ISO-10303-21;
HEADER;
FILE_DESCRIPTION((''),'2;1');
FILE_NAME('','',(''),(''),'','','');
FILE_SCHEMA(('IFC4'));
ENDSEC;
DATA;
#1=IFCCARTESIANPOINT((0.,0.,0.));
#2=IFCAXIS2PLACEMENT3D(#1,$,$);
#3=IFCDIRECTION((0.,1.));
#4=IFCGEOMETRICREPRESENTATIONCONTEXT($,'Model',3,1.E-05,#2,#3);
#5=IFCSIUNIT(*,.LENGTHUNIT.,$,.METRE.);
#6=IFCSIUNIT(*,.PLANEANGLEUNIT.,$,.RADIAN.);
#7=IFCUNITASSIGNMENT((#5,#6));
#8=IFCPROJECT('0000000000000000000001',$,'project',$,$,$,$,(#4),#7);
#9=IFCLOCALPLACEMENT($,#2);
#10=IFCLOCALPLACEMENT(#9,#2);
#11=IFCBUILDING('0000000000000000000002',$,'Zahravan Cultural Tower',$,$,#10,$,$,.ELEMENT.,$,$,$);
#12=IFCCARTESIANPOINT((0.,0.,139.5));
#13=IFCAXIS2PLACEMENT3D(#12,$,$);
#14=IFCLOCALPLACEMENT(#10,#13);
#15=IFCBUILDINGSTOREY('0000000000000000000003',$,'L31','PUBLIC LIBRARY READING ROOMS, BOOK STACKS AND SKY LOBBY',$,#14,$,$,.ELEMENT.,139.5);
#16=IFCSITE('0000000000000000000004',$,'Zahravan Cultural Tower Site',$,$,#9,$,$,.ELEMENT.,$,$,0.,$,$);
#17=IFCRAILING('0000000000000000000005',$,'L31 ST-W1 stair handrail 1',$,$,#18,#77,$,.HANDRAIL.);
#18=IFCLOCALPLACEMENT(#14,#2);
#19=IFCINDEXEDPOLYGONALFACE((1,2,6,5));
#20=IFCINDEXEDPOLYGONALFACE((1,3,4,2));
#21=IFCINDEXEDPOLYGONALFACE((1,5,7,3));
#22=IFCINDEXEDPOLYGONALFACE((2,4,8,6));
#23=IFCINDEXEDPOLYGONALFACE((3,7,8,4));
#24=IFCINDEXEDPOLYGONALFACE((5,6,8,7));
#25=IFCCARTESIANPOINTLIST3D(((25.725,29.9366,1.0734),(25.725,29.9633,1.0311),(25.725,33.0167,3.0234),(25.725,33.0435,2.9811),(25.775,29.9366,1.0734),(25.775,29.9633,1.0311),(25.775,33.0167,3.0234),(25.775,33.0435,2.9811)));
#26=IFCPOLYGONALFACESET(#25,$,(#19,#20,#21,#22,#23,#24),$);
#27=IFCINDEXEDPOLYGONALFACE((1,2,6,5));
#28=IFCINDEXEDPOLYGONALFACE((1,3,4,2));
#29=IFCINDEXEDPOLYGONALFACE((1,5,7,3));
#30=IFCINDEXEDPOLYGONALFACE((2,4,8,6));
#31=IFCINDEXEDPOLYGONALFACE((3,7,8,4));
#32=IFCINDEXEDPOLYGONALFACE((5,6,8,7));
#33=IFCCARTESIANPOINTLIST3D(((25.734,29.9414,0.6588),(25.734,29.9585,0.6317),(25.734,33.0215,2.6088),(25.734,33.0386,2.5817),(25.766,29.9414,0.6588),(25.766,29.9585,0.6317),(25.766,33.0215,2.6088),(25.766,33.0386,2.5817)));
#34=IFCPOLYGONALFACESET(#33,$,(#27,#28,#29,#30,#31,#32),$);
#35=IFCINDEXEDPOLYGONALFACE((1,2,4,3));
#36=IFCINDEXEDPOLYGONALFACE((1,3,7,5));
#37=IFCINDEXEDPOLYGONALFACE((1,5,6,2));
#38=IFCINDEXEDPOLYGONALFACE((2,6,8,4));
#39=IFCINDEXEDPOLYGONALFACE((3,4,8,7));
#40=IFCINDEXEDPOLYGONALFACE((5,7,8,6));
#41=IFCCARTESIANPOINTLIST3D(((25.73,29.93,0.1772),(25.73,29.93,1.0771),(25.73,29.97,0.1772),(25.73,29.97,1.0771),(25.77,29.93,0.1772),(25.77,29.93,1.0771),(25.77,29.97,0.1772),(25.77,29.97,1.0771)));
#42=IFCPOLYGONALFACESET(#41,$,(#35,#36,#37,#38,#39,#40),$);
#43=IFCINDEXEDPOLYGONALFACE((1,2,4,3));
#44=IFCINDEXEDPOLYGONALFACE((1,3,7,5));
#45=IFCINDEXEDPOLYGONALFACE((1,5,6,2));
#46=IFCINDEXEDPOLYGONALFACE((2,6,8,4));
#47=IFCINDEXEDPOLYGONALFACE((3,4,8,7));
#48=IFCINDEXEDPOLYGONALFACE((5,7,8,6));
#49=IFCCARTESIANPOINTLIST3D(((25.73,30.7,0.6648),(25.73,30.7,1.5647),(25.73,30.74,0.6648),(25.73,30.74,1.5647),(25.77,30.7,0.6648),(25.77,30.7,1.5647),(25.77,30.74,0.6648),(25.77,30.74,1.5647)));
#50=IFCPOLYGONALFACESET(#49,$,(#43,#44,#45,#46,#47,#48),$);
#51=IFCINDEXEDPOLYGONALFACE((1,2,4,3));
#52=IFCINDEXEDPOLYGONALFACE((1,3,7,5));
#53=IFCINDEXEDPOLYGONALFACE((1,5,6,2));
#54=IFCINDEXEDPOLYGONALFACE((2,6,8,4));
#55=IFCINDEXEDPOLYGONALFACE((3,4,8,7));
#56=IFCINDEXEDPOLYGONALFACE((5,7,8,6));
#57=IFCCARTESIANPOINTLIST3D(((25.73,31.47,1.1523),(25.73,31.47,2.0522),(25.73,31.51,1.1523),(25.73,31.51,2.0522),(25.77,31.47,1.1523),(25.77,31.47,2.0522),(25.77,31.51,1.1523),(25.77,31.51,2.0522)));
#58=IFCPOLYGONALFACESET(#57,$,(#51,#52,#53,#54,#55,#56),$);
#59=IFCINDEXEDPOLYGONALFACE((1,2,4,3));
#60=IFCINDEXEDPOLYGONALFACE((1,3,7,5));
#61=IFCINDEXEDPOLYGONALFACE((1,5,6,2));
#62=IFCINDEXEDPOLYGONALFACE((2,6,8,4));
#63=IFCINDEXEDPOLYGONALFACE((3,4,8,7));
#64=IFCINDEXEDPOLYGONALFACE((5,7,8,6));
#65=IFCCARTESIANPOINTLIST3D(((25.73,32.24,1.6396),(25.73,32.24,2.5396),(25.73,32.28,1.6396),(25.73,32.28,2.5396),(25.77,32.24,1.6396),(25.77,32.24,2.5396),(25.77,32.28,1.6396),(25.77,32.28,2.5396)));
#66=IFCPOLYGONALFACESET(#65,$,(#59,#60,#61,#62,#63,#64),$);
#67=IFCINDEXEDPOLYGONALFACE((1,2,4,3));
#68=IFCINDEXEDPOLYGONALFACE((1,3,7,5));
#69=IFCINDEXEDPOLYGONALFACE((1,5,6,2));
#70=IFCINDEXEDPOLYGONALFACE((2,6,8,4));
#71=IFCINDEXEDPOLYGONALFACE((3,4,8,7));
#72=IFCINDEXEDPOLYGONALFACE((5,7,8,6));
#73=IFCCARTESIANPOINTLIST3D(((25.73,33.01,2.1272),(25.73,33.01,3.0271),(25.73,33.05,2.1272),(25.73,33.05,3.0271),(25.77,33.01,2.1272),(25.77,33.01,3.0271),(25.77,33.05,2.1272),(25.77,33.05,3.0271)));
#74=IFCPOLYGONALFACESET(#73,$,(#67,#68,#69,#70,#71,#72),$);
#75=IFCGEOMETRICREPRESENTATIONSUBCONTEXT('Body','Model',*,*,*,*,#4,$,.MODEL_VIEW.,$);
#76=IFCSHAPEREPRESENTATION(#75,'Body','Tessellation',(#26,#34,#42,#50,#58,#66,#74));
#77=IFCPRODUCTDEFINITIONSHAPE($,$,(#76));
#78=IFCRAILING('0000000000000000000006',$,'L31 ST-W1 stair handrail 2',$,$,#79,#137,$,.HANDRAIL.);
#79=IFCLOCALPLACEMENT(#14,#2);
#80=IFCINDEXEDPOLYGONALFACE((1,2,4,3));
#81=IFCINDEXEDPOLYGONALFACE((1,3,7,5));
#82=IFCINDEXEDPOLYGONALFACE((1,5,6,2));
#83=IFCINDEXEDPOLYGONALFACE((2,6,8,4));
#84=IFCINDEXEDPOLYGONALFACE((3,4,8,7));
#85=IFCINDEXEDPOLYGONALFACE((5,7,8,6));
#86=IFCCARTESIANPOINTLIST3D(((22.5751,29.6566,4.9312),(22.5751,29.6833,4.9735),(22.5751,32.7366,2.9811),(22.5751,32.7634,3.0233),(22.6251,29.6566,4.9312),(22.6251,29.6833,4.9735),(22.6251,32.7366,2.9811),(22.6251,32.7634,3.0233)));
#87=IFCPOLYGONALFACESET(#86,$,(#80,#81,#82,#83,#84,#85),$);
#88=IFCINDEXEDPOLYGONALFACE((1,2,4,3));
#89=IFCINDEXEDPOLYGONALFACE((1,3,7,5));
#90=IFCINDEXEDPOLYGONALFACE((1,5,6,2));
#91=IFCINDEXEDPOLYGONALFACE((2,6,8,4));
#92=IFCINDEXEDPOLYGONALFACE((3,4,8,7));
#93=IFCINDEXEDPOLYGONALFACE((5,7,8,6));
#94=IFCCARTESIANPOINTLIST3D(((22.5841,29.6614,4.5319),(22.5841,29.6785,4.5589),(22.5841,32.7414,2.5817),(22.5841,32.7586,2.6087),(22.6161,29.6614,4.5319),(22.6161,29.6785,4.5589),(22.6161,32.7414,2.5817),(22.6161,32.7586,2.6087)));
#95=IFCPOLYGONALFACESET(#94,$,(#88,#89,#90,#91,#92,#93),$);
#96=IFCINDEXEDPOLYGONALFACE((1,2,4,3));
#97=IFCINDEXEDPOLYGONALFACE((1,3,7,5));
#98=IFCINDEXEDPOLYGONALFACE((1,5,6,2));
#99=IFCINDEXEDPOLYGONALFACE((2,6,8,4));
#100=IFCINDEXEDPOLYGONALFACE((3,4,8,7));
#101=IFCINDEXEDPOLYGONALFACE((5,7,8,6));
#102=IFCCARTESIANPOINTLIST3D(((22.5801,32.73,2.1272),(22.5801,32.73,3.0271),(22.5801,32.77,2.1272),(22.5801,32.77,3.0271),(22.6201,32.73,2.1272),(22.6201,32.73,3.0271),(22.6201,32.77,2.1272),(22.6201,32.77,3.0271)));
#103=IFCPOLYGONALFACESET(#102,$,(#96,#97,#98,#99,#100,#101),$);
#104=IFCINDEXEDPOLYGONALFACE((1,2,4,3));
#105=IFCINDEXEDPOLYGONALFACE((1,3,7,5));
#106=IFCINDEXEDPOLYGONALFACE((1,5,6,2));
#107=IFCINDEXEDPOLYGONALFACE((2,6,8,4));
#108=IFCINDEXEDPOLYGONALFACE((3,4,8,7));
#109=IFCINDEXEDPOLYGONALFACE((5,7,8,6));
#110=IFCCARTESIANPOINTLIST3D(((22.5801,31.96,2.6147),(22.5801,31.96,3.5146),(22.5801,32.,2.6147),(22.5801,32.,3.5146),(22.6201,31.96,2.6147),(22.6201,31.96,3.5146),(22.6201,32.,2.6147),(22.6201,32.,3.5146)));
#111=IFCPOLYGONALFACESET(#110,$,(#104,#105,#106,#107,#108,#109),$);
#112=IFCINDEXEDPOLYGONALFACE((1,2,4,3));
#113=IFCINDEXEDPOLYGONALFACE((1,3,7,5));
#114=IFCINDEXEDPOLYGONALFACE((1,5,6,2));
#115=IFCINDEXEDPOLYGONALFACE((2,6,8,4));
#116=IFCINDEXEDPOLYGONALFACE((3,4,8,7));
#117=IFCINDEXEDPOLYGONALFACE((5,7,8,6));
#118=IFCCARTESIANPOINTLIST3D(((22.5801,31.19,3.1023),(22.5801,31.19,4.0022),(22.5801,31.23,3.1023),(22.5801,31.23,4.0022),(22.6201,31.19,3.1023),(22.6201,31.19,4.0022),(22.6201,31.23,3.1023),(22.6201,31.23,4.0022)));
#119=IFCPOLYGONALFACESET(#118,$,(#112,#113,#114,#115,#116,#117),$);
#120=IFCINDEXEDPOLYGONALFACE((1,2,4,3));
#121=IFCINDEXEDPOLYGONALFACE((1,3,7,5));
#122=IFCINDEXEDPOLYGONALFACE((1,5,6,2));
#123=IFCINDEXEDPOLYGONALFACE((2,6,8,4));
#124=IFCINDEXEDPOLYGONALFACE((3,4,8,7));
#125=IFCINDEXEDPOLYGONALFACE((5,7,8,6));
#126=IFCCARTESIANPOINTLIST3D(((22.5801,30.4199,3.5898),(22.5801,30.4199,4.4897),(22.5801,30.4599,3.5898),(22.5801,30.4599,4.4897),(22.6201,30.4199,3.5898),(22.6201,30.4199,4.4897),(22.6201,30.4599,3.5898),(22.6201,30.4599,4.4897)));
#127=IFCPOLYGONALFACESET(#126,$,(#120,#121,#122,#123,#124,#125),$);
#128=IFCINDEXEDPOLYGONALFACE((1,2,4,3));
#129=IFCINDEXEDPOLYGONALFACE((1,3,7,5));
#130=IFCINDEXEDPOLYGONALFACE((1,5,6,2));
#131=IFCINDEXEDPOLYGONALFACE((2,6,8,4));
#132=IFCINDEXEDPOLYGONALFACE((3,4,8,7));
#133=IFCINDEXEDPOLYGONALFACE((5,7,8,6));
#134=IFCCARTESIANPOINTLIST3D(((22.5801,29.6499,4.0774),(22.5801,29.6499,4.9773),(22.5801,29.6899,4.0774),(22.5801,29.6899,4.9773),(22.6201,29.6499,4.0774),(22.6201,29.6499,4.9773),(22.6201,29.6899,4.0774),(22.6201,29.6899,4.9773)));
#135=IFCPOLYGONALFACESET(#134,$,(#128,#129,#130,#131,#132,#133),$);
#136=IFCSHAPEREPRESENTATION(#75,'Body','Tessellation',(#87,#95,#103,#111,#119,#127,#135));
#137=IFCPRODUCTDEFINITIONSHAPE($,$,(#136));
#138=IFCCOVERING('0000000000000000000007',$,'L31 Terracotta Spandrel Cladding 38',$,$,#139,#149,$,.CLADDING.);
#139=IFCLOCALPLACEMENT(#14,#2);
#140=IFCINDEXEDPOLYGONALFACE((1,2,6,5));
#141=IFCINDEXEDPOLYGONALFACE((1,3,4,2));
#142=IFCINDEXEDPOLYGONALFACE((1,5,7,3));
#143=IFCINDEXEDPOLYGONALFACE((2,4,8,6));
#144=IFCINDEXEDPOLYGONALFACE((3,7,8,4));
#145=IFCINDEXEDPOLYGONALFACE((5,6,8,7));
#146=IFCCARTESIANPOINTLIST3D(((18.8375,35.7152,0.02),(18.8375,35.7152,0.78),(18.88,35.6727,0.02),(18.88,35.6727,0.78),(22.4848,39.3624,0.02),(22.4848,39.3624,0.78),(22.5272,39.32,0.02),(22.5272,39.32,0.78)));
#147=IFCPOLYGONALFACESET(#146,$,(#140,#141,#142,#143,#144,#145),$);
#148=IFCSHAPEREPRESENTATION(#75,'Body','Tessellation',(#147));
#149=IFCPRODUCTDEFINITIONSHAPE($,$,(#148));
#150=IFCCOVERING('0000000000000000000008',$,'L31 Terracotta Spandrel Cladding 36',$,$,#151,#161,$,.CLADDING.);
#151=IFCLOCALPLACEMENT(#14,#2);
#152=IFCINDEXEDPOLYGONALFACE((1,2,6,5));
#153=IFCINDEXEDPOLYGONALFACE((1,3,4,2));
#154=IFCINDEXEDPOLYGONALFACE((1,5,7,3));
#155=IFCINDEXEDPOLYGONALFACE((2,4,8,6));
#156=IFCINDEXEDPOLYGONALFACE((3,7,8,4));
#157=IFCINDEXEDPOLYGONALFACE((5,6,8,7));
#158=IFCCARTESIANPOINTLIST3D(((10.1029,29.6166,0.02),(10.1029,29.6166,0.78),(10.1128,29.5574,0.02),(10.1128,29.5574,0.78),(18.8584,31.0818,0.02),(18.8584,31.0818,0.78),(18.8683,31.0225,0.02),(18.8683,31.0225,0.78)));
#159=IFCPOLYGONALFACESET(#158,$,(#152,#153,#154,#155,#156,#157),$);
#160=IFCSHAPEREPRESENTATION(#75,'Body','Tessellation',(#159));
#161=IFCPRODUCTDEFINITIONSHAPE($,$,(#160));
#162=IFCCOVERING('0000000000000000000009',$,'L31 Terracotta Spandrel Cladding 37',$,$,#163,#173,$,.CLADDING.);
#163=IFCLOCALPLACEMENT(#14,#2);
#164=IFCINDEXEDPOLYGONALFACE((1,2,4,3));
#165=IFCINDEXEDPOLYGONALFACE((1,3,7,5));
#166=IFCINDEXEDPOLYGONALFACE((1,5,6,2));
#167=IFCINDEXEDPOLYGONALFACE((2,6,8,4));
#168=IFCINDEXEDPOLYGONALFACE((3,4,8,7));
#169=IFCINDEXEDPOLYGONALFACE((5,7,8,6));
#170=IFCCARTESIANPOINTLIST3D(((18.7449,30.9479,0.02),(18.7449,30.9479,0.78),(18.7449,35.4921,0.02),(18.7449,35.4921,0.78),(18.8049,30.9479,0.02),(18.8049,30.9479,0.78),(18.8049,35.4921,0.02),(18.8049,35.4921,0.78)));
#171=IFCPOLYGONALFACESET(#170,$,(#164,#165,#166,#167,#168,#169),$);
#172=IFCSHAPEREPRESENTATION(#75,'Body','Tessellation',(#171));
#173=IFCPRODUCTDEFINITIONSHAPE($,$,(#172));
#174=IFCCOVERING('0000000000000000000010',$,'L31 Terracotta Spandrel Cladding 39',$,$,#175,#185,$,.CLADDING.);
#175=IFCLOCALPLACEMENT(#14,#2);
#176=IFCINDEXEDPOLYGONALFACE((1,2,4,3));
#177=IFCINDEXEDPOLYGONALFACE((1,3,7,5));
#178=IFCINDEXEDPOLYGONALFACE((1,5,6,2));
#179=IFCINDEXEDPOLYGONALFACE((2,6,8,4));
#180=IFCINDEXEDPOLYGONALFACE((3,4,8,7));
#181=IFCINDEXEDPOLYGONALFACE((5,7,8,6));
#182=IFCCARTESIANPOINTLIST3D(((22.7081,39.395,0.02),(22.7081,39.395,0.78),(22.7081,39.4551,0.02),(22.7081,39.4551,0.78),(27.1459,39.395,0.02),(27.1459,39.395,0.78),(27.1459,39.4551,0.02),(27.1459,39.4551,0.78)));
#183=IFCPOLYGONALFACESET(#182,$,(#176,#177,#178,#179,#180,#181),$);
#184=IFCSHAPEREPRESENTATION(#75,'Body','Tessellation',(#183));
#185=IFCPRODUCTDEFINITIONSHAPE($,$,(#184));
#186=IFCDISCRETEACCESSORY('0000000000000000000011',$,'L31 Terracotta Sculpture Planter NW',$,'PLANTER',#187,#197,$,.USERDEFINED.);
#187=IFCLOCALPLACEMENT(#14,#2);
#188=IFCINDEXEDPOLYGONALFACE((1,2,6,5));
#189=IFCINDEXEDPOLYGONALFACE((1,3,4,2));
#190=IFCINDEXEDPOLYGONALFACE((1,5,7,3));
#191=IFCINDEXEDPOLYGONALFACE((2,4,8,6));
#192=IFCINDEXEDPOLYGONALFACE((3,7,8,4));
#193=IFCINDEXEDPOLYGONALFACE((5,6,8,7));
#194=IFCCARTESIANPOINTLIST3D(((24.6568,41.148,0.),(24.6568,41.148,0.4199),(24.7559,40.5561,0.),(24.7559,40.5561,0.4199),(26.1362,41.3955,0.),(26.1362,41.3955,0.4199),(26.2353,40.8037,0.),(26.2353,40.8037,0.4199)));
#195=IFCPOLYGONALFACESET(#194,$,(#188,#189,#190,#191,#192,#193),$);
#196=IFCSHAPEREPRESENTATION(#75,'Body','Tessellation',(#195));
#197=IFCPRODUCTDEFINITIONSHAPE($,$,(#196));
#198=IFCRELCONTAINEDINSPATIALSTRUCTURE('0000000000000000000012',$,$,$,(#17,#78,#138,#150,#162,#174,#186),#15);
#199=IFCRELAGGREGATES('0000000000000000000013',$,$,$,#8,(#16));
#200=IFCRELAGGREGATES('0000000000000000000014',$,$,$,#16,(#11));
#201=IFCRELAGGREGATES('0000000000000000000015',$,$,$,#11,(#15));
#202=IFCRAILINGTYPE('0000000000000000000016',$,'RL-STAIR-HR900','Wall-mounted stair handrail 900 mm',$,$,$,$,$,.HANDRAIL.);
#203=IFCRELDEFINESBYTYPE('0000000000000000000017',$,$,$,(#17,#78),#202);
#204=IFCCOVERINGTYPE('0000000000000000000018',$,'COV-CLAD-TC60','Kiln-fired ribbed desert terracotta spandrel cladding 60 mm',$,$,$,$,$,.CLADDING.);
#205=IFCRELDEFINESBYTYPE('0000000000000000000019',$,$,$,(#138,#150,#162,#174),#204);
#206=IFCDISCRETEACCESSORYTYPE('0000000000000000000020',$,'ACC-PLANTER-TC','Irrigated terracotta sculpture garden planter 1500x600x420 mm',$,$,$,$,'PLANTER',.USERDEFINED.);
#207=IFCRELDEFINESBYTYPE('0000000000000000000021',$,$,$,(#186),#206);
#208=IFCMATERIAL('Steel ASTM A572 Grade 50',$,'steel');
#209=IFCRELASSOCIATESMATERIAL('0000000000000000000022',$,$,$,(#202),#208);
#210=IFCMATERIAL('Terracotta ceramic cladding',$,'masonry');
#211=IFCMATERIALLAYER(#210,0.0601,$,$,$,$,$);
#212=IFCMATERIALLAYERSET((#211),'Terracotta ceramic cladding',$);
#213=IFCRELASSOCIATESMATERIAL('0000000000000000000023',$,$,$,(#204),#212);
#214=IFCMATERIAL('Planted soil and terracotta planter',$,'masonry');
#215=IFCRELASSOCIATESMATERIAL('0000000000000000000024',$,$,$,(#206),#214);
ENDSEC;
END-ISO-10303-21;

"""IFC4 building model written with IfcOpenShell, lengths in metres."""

from ifc_helpers import new_model, si_unit, direction, frame, origin, origin_2d, place, context, subcontext, project, spatial, rectangle, extrude, source, transform, mapped, material, layer, layer_set, type_object, element, save


model = new_model("IFC4")

# Units and contexts
model_context = context("Model", 3, precision=1e-05, world=origin(), true_north=direction((0.0, 1.0)))
body_context = subcontext(model_context, "Body", "Model", "MODEL_VIEW")
ifc_project = project(units=[si_unit("LENGTHUNIT", "METRE"), si_unit("PLANEANGLEUNIT", "RADIAN")], contexts=[model_context])

# Site, building, storey
site_placement = place(None, origin())
site = spatial("IfcSite", under=ifc_project, at=site_placement, Name="Zahravan Cultural Tower Site", CompositionType="ELEMENT", RefElevation=0.0)
building_placement = place(site_placement, origin())
building = spatial("IfcBuilding", under=site, at=building_placement, Name="Zahravan Cultural Tower", CompositionType="ELEMENT")
storey_placement = place(building_placement, frame((0.0, 0.0, 139.5)))
storey = spatial("IfcBuildingStorey", under=building, at=storey_placement, Name="L31", Description="PUBLIC LIBRARY READING ROOMS, BOOK STACKS AND SKY LOBBY", CompositionType="ELEMENT", Elevation=139.5)

# Railings
ifc_material_1 = material(Name="Steel ASTM A572 Grade 50", Category="steel")
railing_type_1 = type_object("IfcRailingType", Name="RL-STAIR-HR900", Description="Wall-mounted stair handrail 900 mm", PredefinedType="HANDRAIL", material=ifc_material_1)
railing_1_placement = place(storey_placement, frame((25.75, 29.95, 0.1772)))
element("IfcRailing", 1, at=railing_1_placement, inside=storey, type_object=railing_type_1, Name="L31 ST-W1 stair handrail 1", PredefinedType="HANDRAIL", context=body_context, shape_type="SweptSolid", body=[
    extrude(rectangle(XDim=0.05, YDim=0.05, at=origin_2d()), frame((0.0, 0.0, 0.875), z_axis=(0.0, 0.844914, 0.534902), x_axis=(-1.0, 0.0, 0.0)), (0.0, 0.0, 1.0), 3.6455),
    extrude(rectangle(XDim=0.032, YDim=0.032, at=origin_2d()), frame((0.0, 0.0, 0.468), z_axis=(0.0, 0.844914, 0.534902), x_axis=(-1.0, 0.0, 0.0)), (0.0, 0.0, 1.0), 3.6455),
    extrude(rectangle(XDim=0.04, YDim=0.04, at=origin_2d()), origin(), (0.0, 0.0, 1.0), 0.8999),
    extrude(rectangle(XDim=0.04, YDim=0.04, at=origin_2d()), frame((0.0, 0.77, 0.4875)), (0.0, 0.0, 1.0), 0.8999),
    extrude(rectangle(XDim=0.04, YDim=0.04, at=origin_2d()), frame((0.0, 1.54, 0.9751)), (0.0, 0.0, 1.0), 0.8999),
    extrude(rectangle(XDim=0.04, YDim=0.04, at=origin_2d()), frame((0.0, 2.3101, 1.4624)), (0.0, 0.0, 1.0), 0.8999),
    extrude(rectangle(XDim=0.04, YDim=0.04, at=origin_2d()), frame((0.0, 3.0801, 1.95)), (0.0, 0.0, 1.0), 0.8999),
])
railing_2_placement = place(storey_placement, frame((22.6001, 32.75, 2.1272)))
element("IfcRailing", 2, at=railing_2_placement, inside=storey, type_object=railing_type_1, Name="L31 ST-W1 stair handrail 2", PredefinedType="HANDRAIL", context=body_context, shape_type="SweptSolid", body=[
    extrude(rectangle(XDim=0.05, YDim=0.05, at=origin_2d()), frame((0.0, 0.0, 0.875), z_axis=(0.0, -0.844884, 0.53495), x_axis=(1.0, 0.0, 0.0)), (0.0, 0.0, 1.0), 3.6455),
    extrude(rectangle(XDim=0.032, YDim=0.032, at=origin_2d()), frame((0.0, 0.0, 0.468), z_axis=(0.0, -0.844884, 0.53495), x_axis=(1.0, 0.0, 0.0)), (0.0, 0.0, 1.0), 3.6455),
    extrude(rectangle(XDim=0.04, YDim=0.04, at=origin_2d()), origin(), (0.0, 0.0, 1.0), 0.8999),
    extrude(rectangle(XDim=0.04, YDim=0.04, at=origin_2d()), frame((0.0, -0.77, 0.4875)), (0.0, 0.0, 1.0), 0.8999),
    extrude(rectangle(XDim=0.04, YDim=0.04, at=origin_2d()), frame((0.0, -1.54, 0.9751)), (0.0, 0.0, 1.0), 0.8999),
    extrude(rectangle(XDim=0.04, YDim=0.04, at=origin_2d()), frame((0.0, -2.3101, 1.4626)), (0.0, 0.0, 1.0), 0.8999),
    extrude(rectangle(XDim=0.04, YDim=0.04, at=origin_2d()), frame((0.0, -3.0801, 1.9502)), (0.0, 0.0, 1.0), 0.8999),
])

# Coverings
ifc_material_2 = material(Name="Terracotta ceramic cladding", Category="masonry")
ifc_layer_1 = layer(ifc_material_2, 0.0601)
ifc_layer_set_1 = layer_set([ifc_layer_1], Name="Terracotta ceramic cladding")
covering_type = type_object("IfcCoveringType", Name="COV-CLAD-TC60", Description="Kiln-fired ribbed desert terracotta spandrel cladding 60 mm", PredefinedType="CLADDING", material=ifc_layer_set_1)
shared_shape_1 = source(origin(), body_context, "Body", "SweptSolid", [
    extrude(rectangle(XDim=5.158, YDim=0.0601, at=origin_2d()), origin(), (0.0, 0.0, 1.0), 0.76),
])
covering_1_placement = place(storey_placement, frame((20.6824, 37.5176, 0.02), z_axis=(0.0, 0.0, 1.0), x_axis=(0.707107, 0.707107, 0.0)))
element("IfcCovering", 3, at=covering_1_placement, inside=storey, type_object=covering_type, Name="L31 Terracotta Spandrel Cladding 38", PredefinedType="CLADDING", context=body_context, shape_type="MappedRepresentation", body=[
    mapped(shared_shape_1, transform((0.0, 0.0, 0.0), x_axis=(1.0, 0.0, 0.0), y_axis=(0.0, 1.0, 0.0), z_axis=(0.0, 0.0, 1.0), scale=1.0)),
])
shared_shape_2 = source(origin(), body_context, "Body", "SweptSolid", [
    extrude(rectangle(XDim=8.8772, YDim=0.0601, at=origin_2d()), origin(), (0.0, 0.0, 1.0), 0.76),
])
covering_2_placement = place(storey_placement, frame((14.4856, 30.3196, 0.02), z_axis=(0.0, 0.0, 1.0), x_axis=(0.986286, 0.165048, 0.0)))
element("IfcCovering", 4, at=covering_2_placement, inside=storey, type_object=covering_type, Name="L31 Terracotta Spandrel Cladding 36", PredefinedType="CLADDING", context=body_context, shape_type="MappedRepresentation", body=[
    mapped(shared_shape_2, transform((0.0, 0.0, 0.0), x_axis=(1.0, 0.0, 0.0), y_axis=(0.0, 1.0, 0.0), z_axis=(0.0, 0.0, 1.0), scale=1.0)),
])
shared_shape_3 = source(origin(), body_context, "Body", "SweptSolid", [
    extrude(rectangle(XDim=4.5442, YDim=0.0601, at=origin_2d()), origin(), (0.0, 0.0, 1.0), 0.76),
])
covering_3_placement = place(storey_placement, frame((18.7749, 33.22, 0.02), z_axis=(0.0, 0.0, 1.0), x_axis=(0.0, 1.0, 0.0)))
element("IfcCovering", 5, at=covering_3_placement, inside=storey, type_object=covering_type, Name="L31 Terracotta Spandrel Cladding 37", PredefinedType="CLADDING", context=body_context, shape_type="MappedRepresentation", body=[
    mapped(shared_shape_3, transform((0.0, 0.0, 0.0), x_axis=(1.0, 0.0, 0.0), y_axis=(0.0, 1.0, 0.0), z_axis=(0.0, 0.0, 1.0), scale=1.0)),
])
shared_shape_4 = source(origin(), body_context, "Body", "SweptSolid", [
    extrude(rectangle(XDim=4.4377, YDim=0.0601, at=origin_2d()), origin(), (0.0, 0.0, 1.0), 0.76),
])
covering_4_placement = place(storey_placement, frame((24.927, 39.425, 0.02), z_axis=(0.0, 0.0, 1.0), x_axis=(1.0, 0.0, 0.0)))
element("IfcCovering", 6, at=covering_4_placement, inside=storey, type_object=covering_type, Name="L31 Terracotta Spandrel Cladding 39", PredefinedType="CLADDING", context=body_context, shape_type="MappedRepresentation", body=[
    mapped(shared_shape_4, transform((0.0, 0.0, 0.0), x_axis=(1.0, 0.0, 0.0), y_axis=(0.0, 1.0, 0.0), z_axis=(0.0, 0.0, 1.0), scale=1.0)),
])

# Discrete accessory
ifc_material_3 = material(Name="Planted soil and terracotta planter", Category="masonry")
discrete_accessory_type = type_object("IfcDiscreteAccessoryType", Name="ACC-PLANTER-TC", Description="Irrigated terracotta sculpture garden planter 1500x600x420 mm", ElementType="PLANTER", PredefinedType="USERDEFINED", material=ifc_material_3)
shared_shape_5 = source(origin(), body_context, "Body", "SweptSolid", [
    extrude(rectangle(XDim=1.5, YDim=0.6001, at=origin_2d()), origin(), (0.0, 0.0, 1.0), 0.4199),
])
discrete_accessory_placement = place(storey_placement, frame((25.446, 40.9758, 0.0), z_axis=(0.0, 0.0, 1.0), x_axis=(0.986286, 0.165048, 0.0)))
element("IfcDiscreteAccessory", 7, at=discrete_accessory_placement, inside=storey, type_object=discrete_accessory_type, Name="L31 Terracotta Sculpture Planter NW", ObjectType="PLANTER", PredefinedType="USERDEFINED", context=body_context, shape_type="MappedRepresentation", body=[
    mapped(shared_shape_5, transform((0.0, 0.0, 0.0), x_axis=(1.0, 0.0, 0.0), y_axis=(0.0, 1.0, 0.0), z_axis=(0.0, 0.0, 1.0), scale=1.0)),
])

save(model, "model.ifc")
